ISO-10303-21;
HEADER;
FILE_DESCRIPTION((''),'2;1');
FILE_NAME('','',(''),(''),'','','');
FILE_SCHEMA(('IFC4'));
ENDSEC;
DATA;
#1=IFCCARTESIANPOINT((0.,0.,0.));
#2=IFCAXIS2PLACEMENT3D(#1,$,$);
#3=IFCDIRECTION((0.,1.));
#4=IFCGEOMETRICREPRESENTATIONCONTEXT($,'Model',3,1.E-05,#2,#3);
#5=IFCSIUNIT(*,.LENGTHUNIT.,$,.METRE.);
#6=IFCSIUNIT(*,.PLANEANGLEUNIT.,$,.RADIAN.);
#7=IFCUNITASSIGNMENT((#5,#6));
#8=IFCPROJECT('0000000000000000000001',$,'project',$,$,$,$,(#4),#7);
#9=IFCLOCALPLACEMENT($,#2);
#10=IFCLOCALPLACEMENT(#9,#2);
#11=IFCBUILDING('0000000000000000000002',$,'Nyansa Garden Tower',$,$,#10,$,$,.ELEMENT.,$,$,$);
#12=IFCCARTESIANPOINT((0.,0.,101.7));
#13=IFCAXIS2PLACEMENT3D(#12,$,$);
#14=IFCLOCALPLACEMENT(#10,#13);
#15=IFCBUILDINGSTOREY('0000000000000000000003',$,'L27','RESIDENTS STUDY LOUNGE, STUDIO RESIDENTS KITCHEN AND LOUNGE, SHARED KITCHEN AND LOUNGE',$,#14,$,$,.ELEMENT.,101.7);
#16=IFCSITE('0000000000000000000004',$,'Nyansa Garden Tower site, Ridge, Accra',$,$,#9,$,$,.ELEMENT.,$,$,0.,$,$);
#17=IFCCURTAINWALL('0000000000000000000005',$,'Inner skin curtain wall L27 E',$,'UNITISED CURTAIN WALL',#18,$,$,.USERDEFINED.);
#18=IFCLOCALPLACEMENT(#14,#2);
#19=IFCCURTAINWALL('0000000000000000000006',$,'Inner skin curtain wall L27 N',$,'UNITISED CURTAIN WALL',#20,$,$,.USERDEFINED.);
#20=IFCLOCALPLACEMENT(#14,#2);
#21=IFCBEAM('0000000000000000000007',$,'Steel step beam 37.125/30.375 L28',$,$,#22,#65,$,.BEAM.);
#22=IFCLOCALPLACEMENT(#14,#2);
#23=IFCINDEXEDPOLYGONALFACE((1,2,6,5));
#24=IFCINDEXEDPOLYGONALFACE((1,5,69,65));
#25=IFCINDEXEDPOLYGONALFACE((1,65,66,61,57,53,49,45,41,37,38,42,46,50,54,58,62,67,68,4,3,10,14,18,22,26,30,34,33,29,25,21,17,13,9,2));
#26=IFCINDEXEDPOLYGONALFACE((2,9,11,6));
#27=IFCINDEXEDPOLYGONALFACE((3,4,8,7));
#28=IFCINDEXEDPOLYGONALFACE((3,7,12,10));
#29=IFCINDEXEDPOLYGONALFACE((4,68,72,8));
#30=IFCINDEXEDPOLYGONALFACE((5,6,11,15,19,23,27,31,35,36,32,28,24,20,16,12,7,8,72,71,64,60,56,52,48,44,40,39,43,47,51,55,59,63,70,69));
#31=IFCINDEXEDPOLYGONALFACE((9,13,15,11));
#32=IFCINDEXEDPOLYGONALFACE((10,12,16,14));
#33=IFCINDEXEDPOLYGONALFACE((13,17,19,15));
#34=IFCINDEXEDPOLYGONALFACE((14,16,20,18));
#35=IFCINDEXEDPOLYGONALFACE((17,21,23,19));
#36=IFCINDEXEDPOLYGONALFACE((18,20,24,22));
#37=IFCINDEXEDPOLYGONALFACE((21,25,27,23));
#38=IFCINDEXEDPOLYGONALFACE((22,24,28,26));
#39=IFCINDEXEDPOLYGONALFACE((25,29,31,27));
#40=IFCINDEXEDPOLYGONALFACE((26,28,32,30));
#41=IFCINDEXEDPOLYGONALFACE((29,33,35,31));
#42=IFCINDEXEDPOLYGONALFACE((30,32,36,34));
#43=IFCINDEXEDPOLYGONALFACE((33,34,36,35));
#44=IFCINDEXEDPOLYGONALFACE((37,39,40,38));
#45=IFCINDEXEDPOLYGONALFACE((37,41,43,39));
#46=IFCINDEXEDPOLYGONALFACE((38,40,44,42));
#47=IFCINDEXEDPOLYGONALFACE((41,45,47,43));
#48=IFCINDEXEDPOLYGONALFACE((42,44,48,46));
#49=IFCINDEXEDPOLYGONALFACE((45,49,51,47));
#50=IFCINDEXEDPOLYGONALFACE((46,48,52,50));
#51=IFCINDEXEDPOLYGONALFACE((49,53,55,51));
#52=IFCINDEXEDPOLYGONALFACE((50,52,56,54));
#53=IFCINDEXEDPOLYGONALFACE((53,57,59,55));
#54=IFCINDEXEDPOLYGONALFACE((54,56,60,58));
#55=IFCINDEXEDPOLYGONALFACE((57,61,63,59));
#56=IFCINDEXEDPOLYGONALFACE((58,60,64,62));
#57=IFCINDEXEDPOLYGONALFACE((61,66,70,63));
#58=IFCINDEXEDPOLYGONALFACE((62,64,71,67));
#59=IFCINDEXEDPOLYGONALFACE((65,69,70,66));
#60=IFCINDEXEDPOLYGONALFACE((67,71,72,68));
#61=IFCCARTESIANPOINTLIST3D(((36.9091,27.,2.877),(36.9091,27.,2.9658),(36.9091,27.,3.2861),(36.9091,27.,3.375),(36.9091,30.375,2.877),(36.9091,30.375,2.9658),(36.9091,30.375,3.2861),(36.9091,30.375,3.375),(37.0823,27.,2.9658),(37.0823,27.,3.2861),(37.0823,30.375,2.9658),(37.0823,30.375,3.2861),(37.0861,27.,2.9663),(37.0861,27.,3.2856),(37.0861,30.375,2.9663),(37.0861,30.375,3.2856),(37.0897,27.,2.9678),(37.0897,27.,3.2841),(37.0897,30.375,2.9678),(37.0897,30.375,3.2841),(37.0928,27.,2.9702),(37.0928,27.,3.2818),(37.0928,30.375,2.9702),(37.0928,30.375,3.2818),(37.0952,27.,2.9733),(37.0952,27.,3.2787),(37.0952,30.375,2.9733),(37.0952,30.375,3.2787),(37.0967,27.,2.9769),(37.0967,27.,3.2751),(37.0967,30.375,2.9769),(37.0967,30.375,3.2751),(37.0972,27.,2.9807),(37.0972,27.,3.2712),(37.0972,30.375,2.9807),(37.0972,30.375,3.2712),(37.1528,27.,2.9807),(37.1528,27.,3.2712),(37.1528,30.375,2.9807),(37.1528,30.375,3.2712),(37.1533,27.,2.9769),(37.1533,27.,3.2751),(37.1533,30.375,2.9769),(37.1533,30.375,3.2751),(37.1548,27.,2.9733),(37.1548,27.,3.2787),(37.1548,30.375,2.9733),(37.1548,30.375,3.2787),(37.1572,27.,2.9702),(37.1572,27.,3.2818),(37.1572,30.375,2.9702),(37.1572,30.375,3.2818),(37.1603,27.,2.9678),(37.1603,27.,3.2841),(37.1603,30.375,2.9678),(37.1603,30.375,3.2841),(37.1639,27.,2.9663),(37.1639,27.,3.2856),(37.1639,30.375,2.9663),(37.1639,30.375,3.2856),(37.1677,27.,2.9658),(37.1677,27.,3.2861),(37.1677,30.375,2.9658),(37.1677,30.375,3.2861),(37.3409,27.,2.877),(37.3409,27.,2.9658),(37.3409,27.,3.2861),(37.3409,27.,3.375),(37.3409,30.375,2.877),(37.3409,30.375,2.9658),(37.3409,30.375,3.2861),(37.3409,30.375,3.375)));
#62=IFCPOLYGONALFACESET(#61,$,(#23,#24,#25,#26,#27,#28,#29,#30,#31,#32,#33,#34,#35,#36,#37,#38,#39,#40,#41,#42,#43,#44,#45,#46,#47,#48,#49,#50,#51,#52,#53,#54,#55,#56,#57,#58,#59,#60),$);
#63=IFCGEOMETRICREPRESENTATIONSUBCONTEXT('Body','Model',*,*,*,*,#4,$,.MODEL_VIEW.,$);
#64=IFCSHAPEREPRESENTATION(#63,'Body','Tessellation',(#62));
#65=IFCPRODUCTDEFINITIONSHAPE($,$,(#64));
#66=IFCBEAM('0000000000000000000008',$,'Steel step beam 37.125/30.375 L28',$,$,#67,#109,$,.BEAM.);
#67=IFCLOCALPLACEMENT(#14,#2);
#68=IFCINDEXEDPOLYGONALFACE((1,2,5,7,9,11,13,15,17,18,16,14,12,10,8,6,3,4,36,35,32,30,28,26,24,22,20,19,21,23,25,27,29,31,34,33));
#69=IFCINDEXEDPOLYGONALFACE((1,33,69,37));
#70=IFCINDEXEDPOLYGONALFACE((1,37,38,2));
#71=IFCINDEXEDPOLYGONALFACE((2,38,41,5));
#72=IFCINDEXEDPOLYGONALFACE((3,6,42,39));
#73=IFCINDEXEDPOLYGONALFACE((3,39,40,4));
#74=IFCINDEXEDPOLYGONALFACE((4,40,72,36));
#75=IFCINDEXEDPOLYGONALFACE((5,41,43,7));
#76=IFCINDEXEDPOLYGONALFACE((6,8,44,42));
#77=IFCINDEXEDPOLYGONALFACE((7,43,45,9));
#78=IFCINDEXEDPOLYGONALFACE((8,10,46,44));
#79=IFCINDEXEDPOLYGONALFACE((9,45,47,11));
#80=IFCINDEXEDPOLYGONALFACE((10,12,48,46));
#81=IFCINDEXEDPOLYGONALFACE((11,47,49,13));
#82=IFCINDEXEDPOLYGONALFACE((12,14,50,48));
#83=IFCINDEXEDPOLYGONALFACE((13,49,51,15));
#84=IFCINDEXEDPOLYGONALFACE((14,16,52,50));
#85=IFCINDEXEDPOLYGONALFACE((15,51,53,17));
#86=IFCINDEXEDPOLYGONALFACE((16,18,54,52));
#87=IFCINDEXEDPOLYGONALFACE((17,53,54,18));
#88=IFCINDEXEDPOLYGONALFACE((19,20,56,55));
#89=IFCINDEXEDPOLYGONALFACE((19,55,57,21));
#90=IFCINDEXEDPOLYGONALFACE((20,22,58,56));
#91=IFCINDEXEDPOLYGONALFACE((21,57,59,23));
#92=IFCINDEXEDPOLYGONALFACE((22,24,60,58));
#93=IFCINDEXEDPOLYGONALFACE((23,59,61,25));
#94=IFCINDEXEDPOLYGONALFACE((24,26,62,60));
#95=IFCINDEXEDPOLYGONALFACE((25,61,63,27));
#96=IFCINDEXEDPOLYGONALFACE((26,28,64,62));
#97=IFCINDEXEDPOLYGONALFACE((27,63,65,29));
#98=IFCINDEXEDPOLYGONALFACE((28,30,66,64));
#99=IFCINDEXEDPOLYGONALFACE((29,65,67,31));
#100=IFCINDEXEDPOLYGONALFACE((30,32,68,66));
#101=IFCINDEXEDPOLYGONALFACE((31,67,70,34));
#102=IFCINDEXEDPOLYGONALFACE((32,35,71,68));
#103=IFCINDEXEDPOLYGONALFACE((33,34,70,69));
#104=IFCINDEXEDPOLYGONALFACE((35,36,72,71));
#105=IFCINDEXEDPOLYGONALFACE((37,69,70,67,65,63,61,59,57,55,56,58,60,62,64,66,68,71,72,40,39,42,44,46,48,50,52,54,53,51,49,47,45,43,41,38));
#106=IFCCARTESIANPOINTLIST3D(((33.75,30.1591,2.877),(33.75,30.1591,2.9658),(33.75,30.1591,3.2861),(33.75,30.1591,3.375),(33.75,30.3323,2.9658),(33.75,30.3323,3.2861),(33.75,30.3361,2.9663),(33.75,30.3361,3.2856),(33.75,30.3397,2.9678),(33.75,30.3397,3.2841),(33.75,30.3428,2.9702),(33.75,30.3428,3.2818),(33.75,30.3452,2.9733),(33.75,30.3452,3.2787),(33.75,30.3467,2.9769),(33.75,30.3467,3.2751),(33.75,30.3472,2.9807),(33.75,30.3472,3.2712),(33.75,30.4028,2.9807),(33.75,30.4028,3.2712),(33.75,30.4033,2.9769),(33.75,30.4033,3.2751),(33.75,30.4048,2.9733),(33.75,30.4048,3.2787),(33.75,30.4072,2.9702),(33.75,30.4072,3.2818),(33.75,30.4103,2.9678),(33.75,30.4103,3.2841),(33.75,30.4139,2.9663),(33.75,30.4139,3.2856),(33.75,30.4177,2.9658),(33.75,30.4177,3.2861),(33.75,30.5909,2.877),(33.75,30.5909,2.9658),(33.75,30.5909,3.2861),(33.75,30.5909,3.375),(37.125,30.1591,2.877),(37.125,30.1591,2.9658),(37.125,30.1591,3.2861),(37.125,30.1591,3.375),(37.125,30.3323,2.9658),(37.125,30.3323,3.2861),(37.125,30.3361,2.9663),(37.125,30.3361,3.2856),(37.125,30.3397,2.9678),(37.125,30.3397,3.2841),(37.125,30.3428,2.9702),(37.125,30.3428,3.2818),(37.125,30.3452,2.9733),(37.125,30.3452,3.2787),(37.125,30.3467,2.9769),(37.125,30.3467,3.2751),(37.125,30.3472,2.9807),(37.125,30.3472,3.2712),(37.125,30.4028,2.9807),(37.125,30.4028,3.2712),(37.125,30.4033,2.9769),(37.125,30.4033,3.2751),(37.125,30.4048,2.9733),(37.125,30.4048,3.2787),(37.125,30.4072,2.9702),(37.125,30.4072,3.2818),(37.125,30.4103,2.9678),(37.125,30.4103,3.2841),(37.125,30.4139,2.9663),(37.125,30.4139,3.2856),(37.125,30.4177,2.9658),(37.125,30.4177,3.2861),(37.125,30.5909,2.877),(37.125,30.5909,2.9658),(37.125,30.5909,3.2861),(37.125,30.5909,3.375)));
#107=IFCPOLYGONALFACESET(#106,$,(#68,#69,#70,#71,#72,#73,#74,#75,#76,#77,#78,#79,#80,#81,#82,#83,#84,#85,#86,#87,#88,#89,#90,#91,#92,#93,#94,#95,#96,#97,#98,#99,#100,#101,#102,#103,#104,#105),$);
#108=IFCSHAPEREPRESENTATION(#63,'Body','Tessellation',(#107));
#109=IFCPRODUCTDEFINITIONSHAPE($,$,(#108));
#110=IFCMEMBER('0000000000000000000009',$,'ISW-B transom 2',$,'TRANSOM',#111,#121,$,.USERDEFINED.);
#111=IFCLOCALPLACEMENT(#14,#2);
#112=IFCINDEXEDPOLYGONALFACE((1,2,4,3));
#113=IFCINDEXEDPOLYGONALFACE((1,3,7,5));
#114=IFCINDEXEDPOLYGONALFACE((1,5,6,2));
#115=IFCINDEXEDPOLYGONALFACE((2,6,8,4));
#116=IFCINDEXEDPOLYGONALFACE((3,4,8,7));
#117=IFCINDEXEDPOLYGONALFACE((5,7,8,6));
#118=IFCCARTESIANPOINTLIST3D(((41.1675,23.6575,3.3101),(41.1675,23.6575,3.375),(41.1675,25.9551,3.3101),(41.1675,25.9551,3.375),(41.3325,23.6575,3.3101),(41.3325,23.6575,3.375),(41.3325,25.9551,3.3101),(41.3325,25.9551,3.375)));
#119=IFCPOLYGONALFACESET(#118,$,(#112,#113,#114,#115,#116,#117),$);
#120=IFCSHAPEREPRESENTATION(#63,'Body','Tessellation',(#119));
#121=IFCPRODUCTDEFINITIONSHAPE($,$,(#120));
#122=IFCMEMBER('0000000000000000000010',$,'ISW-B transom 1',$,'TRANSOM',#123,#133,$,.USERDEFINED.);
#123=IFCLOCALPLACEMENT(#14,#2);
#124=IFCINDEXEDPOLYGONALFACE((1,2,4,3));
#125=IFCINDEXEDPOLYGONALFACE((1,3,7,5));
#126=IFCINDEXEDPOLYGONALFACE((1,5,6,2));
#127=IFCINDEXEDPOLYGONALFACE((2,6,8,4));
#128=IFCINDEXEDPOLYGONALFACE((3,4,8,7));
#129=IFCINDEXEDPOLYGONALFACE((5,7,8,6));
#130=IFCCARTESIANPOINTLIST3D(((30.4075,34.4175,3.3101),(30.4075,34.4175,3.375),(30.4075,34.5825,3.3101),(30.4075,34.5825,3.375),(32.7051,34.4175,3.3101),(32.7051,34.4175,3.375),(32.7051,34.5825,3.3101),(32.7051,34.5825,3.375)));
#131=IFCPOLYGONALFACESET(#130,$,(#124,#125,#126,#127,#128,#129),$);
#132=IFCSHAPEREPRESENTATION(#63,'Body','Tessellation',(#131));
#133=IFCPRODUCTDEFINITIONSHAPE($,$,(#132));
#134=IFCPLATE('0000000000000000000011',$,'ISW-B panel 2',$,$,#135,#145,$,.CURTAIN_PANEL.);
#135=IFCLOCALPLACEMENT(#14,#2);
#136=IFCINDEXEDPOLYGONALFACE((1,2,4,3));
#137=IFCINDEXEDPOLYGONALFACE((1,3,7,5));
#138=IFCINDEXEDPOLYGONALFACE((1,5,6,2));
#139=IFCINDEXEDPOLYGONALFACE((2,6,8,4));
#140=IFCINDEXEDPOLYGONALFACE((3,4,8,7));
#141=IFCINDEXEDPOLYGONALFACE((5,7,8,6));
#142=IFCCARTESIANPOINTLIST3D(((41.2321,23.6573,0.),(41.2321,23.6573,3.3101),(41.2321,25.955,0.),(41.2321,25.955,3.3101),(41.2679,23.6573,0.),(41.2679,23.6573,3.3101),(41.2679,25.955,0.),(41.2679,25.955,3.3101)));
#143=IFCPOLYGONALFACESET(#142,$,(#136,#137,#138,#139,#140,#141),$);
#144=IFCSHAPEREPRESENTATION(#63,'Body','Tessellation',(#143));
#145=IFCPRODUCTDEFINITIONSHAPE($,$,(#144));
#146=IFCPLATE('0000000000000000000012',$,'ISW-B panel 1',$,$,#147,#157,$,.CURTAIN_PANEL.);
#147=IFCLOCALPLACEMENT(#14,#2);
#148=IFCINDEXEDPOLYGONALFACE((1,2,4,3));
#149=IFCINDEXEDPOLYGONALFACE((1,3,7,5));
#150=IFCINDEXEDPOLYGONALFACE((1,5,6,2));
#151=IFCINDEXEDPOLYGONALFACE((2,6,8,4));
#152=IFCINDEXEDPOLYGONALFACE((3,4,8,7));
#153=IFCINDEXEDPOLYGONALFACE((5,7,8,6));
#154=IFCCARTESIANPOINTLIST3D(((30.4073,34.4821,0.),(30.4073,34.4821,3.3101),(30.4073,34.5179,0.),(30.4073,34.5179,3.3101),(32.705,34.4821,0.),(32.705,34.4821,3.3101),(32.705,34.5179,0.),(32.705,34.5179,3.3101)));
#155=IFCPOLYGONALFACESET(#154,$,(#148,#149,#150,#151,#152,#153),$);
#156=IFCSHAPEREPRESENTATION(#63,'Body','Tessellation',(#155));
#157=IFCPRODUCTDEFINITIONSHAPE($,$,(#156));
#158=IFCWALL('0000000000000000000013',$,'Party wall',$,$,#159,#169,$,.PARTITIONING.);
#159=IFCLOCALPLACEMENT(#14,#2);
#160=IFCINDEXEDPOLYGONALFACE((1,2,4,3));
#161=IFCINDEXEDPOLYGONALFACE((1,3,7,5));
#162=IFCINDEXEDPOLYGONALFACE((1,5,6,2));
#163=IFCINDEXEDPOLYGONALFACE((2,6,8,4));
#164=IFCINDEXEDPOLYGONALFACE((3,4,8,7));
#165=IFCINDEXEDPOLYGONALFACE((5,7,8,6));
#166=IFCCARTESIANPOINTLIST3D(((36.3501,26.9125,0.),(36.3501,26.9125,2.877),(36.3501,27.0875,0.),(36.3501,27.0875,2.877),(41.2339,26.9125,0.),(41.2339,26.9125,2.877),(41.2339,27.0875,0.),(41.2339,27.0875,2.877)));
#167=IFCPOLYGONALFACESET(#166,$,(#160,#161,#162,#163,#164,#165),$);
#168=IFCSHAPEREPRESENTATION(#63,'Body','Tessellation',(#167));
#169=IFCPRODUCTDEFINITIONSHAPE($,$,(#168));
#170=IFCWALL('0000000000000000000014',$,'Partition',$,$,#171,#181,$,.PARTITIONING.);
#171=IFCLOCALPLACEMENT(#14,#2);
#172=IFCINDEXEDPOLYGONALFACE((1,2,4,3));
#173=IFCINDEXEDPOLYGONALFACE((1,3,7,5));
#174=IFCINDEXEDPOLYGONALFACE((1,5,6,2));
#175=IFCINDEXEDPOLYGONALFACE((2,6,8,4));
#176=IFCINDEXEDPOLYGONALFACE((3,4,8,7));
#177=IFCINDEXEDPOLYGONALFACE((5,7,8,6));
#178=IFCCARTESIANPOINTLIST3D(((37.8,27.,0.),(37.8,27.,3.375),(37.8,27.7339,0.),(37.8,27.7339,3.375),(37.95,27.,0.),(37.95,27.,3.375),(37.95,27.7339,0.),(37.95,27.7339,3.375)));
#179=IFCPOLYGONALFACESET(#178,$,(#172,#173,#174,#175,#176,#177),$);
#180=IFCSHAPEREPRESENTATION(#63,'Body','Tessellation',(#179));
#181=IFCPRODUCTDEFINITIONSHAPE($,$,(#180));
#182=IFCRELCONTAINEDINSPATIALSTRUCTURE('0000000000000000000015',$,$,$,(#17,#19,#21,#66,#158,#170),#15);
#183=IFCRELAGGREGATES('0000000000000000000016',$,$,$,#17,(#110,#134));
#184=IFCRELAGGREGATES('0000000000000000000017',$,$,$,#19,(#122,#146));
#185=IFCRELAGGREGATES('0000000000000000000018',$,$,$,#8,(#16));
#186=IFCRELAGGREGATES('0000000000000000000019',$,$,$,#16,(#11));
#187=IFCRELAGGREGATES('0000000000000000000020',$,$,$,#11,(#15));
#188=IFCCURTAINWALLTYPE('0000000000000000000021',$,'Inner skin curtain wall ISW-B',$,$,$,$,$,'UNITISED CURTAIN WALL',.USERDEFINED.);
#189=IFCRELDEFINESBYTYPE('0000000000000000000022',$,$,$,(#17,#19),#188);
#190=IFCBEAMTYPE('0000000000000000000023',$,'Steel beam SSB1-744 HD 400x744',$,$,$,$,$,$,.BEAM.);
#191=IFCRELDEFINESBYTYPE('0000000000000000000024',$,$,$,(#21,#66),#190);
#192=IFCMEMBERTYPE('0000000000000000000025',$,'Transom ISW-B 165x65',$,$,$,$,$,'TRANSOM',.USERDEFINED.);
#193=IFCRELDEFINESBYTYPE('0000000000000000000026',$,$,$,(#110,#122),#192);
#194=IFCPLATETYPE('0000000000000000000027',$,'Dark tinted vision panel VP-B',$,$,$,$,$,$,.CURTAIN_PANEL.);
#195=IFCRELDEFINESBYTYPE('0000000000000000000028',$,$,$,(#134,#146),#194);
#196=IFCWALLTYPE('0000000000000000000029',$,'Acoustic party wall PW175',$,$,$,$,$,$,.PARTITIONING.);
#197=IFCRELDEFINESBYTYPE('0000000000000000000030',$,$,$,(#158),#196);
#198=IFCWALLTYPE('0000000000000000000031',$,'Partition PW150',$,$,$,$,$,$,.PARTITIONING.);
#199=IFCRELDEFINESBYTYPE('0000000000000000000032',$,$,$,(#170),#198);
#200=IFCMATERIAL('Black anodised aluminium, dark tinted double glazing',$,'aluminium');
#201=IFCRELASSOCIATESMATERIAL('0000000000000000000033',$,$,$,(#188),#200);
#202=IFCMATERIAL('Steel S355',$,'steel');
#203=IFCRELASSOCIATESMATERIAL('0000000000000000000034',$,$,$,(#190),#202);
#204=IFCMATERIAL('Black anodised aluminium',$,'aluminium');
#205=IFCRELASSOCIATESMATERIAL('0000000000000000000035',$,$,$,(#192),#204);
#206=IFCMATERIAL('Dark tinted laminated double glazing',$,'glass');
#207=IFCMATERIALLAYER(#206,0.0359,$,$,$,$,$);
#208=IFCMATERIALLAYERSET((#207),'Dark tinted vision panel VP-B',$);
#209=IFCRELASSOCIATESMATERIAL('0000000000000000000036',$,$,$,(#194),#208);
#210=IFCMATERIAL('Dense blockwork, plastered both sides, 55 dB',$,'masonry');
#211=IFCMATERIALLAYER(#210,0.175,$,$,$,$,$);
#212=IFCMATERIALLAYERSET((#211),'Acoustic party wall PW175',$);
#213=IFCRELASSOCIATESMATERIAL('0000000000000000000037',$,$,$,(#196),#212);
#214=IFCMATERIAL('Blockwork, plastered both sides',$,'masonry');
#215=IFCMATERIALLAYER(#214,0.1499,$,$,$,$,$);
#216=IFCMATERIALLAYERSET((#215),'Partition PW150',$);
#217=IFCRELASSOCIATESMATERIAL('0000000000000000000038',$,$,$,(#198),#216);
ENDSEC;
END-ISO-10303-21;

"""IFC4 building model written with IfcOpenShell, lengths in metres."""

from ifc_helpers import new_model, si_unit, direction, frame, frame_2d, origin, origin_2d, place, context, subcontext, project, spatial, rectangle, i_section, extrude, material, layer, layer_set, material_profile, profile_set, type_object, element, aggregate, save


model = new_model("IFC4")

# Units and contexts
model_context = context("Model", 3, precision=1e-05, world=origin(), true_north=direction((0.0, 1.0)))
body_context = subcontext(model_context, "Body", "Model", "MODEL_VIEW")
ifc_project = project(units=[si_unit("LENGTHUNIT", "METRE"), si_unit("PLANEANGLEUNIT", "RADIAN")], contexts=[model_context])

# Site, building, storey
site_placement = place(None, origin())
site = spatial("IfcSite", under=ifc_project, at=site_placement, Name="Nyansa Garden Tower site, Ridge, Accra", CompositionType="ELEMENT", RefElevation=0.0)
building_placement = place(site_placement, origin())
building = spatial("IfcBuilding", under=site, at=building_placement, Name="Nyansa Garden Tower", CompositionType="ELEMENT")
storey_placement = place(building_placement, frame((0.0, 0.0, 101.7)))
storey = spatial("IfcBuildingStorey", under=building, at=storey_placement, Name="L27", Description="RESIDENTS STUDY LOUNGE, STUDIO RESIDENTS KITCHEN AND LOUNGE, SHARED KITCHEN AND LOUNGE", CompositionType="ELEMENT", Elevation=101.7)

# Curtain wall
ifc_material_1 = material(Name="Black anodised aluminium, dark tinted double glazing", Category="aluminium")
curtain_wall_type = type_object("IfcCurtainWallType", Name="Inner skin curtain wall ISW-B", ElementType="UNITISED CURTAIN WALL", PredefinedType="USERDEFINED", material=ifc_material_1)
curtain_wall_1_placement = place(storey_placement, origin())
curtain_wall_1 = element("IfcCurtainWall", 1, at=curtain_wall_1_placement, inside=storey, type_object=curtain_wall_type, Name="Inner skin curtain wall L27 E", ObjectType="UNITISED CURTAIN WALL", PredefinedType="USERDEFINED")

# Curtain wall
curtain_wall_2_placement = place(storey_placement, origin())
curtain_wall_2 = element("IfcCurtainWall", 2, at=curtain_wall_2_placement, inside=storey, type_object=curtain_wall_type, Name="Inner skin curtain wall L27 N", ObjectType="UNITISED CURTAIN WALL", PredefinedType="USERDEFINED")

# Beams
ifc_material_2 = material(Name="Steel S355", Category="steel")
ifc_material_profile_1 = material_profile(ifc_material_2, i_section(OverallWidth=0.4319, OverallDepth=0.498, WebThickness=0.0557, FlangeThickness=0.0889, FilletRadius=0.0149, at=origin_2d()), Name="HD 400x744")
ifc_profile_set_1 = profile_set([ifc_material_profile_1], Name="Steel S355")
beam_type_1 = type_object("IfcBeamType", Name="Steel beam SSB1-744 HD 400x744", PredefinedType="BEAM", material=ifc_profile_set_1)
for number, where, z_axis, x_axis, name in (
    (3, (37.125, 30.375, 3.126), (0.0, -1.0, 0.0), (1.0, 0.0, 0.0), "Steel step beam 37.125/30.375 L28"),
    (4, (37.125, 30.375, 3.126), (-1.0, 0.0, 0.0), (0.0, -1.0, 0.0), "Steel step beam 37.125/30.375 L28"),
):
    element("IfcBeam", number, at=place(storey_placement, frame(where, z_axis=z_axis, x_axis=x_axis)), inside=storey, type_object=beam_type_1, Name=name, PredefinedType="BEAM", context=body_context, shape_type="SweptSolid", body=[
        extrude(i_section(OverallWidth=0.4319, OverallDepth=0.498, WebThickness=0.0557, FlangeThickness=0.0889, FilletRadius=0.0149, at=origin_2d()), origin(), (0.0, 0.0, 1.0), 3.375),
    ])

# Members
ifc_material_3 = material(Name="Black anodised aluminium", Category="aluminium")
ifc_material_profile_2 = material_profile(ifc_material_3, rectangle(XDim=0.165, YDim=0.0649, at=origin_2d()), Name="Transom 165x65")
ifc_profile_set_2 = profile_set([ifc_material_profile_2], Name="Black anodised aluminium")
member_type_1 = type_object("IfcMemberType", Name="Transom ISW-B 165x65", ElementType="TRANSOM", PredefinedType="USERDEFINED", material=ifc_profile_set_2)
member_1_placement = place(storey_placement, frame((41.25, 23.6575, 3.3425), z_axis=(0.0, 1.0, 0.0), x_axis=(-1.0, 0.0, 0.0)))
member_1 = element("IfcMember", 5, at=member_1_placement, type_object=member_type_1, Name="ISW-B transom 2", ObjectType="TRANSOM", PredefinedType="USERDEFINED", context=body_context, shape_type="SweptSolid", body=[
    extrude(rectangle(XDim=0.165, YDim=0.0649, at=origin_2d()), origin(), (0.0, 0.0, 1.0), 2.2976),
])
member_2_placement = place(storey_placement, frame((32.7051, 34.5, 3.3425), z_axis=(-1.0, 0.0, 0.0), x_axis=(0.0, -1.0, 0.0)))
member_2 = element("IfcMember", 6, at=member_2_placement, type_object=member_type_1, Name="ISW-B transom 1", ObjectType="TRANSOM", PredefinedType="USERDEFINED", context=body_context, shape_type="SweptSolid", body=[
    extrude(rectangle(XDim=0.165, YDim=0.0649, at=origin_2d()), origin(), (0.0, 0.0, 1.0), 2.2976),
])

# Plates
ifc_material_4 = material(Name="Dark tinted laminated double glazing", Category="glass")
ifc_layer_1 = layer(ifc_material_4, 0.0359)
ifc_layer_set_1 = layer_set([ifc_layer_1], Name="Dark tinted vision panel VP-B")
plate_type = type_object("IfcPlateType", Name="Dark tinted vision panel VP-B", PredefinedType="CURTAIN_PANEL", material=ifc_layer_set_1)
plate_1_placement = place(storey_placement, frame((41.25, 24.8062, 0.0), z_axis=(0.0, 0.0, 1.0), x_axis=(0.0, 1.0, 0.0)))
plate_1 = element("IfcPlate", 7, at=plate_1_placement, type_object=plate_type, Name="ISW-B panel 2", PredefinedType="CURTAIN_PANEL", context=body_context, shape_type="SweptSolid", body=[
    extrude(rectangle(XDim=2.2976, YDim=0.0359, at=origin_2d()), origin(), (0.0, 0.0, 1.0), 3.3101),
])
aggregate(curtain_wall_1, [member_1, plate_1])
plate_2_placement = place(storey_placement, frame((31.5562, 34.5, 0.0), z_axis=(0.0, 0.0, 1.0), x_axis=(-1.0, 0.0, 0.0)))
plate_2 = element("IfcPlate", 8, at=plate_2_placement, type_object=plate_type, Name="ISW-B panel 1", PredefinedType="CURTAIN_PANEL", context=body_context, shape_type="SweptSolid", body=[
    extrude(rectangle(XDim=2.2976, YDim=0.0359, at=origin_2d()), origin(), (0.0, 0.0, 1.0), 3.3101),
])
aggregate(curtain_wall_2, [member_2, plate_2])

# Walls
ifc_material_5 = material(Name="Dense blockwork, plastered both sides, 55 dB", Category="masonry")
ifc_layer_2 = layer(ifc_material_5, 0.175)
ifc_layer_set_2 = layer_set([ifc_layer_2], Name="Acoustic party wall PW175")
wall_type_1 = type_object("IfcWallType", Name="Acoustic party wall PW175", PredefinedType="PARTITIONING", material=ifc_layer_set_2)
wall_1_placement = place(storey_placement, frame((36.3501, 27.0, 0.0), z_axis=(0.0, 0.0, 1.0), x_axis=(1.0, 0.0, 0.0)))
element("IfcWall", 9, at=wall_1_placement, inside=storey, type_object=wall_type_1, Name="Party wall", PredefinedType="PARTITIONING", context=body_context, shape_type="SweptSolid", body=[
    extrude(rectangle(XDim=4.8838, YDim=0.175, at=frame_2d((2.4419, 0.0))), origin(), (0.0, 0.0, 1.0), 2.877),
])
ifc_material_6 = material(Name="Blockwork, plastered both sides", Category="masonry")
ifc_layer_3 = layer(ifc_material_6, 0.1499)
ifc_layer_set_3 = layer_set([ifc_layer_3], Name="Partition PW150")
wall_type_2 = type_object("IfcWallType", Name="Partition PW150", PredefinedType="PARTITIONING", material=ifc_layer_set_3)
wall_2_placement = place(storey_placement, frame((37.875, 27.0, 0.0), z_axis=(0.0, 0.0, 1.0), x_axis=(0.0, 1.0, 0.0)))
element("IfcWall", 10, at=wall_2_placement, inside=storey, type_object=wall_type_2, Name="Partition", PredefinedType="PARTITIONING", context=body_context, shape_type="SweptSolid", body=[
    extrude(rectangle(XDim=0.7339, YDim=0.1499, at=frame_2d((0.3669, 0.0))), origin(), (0.0, 0.0, 1.0), 3.375),
])

save(model, "model.ifc")
